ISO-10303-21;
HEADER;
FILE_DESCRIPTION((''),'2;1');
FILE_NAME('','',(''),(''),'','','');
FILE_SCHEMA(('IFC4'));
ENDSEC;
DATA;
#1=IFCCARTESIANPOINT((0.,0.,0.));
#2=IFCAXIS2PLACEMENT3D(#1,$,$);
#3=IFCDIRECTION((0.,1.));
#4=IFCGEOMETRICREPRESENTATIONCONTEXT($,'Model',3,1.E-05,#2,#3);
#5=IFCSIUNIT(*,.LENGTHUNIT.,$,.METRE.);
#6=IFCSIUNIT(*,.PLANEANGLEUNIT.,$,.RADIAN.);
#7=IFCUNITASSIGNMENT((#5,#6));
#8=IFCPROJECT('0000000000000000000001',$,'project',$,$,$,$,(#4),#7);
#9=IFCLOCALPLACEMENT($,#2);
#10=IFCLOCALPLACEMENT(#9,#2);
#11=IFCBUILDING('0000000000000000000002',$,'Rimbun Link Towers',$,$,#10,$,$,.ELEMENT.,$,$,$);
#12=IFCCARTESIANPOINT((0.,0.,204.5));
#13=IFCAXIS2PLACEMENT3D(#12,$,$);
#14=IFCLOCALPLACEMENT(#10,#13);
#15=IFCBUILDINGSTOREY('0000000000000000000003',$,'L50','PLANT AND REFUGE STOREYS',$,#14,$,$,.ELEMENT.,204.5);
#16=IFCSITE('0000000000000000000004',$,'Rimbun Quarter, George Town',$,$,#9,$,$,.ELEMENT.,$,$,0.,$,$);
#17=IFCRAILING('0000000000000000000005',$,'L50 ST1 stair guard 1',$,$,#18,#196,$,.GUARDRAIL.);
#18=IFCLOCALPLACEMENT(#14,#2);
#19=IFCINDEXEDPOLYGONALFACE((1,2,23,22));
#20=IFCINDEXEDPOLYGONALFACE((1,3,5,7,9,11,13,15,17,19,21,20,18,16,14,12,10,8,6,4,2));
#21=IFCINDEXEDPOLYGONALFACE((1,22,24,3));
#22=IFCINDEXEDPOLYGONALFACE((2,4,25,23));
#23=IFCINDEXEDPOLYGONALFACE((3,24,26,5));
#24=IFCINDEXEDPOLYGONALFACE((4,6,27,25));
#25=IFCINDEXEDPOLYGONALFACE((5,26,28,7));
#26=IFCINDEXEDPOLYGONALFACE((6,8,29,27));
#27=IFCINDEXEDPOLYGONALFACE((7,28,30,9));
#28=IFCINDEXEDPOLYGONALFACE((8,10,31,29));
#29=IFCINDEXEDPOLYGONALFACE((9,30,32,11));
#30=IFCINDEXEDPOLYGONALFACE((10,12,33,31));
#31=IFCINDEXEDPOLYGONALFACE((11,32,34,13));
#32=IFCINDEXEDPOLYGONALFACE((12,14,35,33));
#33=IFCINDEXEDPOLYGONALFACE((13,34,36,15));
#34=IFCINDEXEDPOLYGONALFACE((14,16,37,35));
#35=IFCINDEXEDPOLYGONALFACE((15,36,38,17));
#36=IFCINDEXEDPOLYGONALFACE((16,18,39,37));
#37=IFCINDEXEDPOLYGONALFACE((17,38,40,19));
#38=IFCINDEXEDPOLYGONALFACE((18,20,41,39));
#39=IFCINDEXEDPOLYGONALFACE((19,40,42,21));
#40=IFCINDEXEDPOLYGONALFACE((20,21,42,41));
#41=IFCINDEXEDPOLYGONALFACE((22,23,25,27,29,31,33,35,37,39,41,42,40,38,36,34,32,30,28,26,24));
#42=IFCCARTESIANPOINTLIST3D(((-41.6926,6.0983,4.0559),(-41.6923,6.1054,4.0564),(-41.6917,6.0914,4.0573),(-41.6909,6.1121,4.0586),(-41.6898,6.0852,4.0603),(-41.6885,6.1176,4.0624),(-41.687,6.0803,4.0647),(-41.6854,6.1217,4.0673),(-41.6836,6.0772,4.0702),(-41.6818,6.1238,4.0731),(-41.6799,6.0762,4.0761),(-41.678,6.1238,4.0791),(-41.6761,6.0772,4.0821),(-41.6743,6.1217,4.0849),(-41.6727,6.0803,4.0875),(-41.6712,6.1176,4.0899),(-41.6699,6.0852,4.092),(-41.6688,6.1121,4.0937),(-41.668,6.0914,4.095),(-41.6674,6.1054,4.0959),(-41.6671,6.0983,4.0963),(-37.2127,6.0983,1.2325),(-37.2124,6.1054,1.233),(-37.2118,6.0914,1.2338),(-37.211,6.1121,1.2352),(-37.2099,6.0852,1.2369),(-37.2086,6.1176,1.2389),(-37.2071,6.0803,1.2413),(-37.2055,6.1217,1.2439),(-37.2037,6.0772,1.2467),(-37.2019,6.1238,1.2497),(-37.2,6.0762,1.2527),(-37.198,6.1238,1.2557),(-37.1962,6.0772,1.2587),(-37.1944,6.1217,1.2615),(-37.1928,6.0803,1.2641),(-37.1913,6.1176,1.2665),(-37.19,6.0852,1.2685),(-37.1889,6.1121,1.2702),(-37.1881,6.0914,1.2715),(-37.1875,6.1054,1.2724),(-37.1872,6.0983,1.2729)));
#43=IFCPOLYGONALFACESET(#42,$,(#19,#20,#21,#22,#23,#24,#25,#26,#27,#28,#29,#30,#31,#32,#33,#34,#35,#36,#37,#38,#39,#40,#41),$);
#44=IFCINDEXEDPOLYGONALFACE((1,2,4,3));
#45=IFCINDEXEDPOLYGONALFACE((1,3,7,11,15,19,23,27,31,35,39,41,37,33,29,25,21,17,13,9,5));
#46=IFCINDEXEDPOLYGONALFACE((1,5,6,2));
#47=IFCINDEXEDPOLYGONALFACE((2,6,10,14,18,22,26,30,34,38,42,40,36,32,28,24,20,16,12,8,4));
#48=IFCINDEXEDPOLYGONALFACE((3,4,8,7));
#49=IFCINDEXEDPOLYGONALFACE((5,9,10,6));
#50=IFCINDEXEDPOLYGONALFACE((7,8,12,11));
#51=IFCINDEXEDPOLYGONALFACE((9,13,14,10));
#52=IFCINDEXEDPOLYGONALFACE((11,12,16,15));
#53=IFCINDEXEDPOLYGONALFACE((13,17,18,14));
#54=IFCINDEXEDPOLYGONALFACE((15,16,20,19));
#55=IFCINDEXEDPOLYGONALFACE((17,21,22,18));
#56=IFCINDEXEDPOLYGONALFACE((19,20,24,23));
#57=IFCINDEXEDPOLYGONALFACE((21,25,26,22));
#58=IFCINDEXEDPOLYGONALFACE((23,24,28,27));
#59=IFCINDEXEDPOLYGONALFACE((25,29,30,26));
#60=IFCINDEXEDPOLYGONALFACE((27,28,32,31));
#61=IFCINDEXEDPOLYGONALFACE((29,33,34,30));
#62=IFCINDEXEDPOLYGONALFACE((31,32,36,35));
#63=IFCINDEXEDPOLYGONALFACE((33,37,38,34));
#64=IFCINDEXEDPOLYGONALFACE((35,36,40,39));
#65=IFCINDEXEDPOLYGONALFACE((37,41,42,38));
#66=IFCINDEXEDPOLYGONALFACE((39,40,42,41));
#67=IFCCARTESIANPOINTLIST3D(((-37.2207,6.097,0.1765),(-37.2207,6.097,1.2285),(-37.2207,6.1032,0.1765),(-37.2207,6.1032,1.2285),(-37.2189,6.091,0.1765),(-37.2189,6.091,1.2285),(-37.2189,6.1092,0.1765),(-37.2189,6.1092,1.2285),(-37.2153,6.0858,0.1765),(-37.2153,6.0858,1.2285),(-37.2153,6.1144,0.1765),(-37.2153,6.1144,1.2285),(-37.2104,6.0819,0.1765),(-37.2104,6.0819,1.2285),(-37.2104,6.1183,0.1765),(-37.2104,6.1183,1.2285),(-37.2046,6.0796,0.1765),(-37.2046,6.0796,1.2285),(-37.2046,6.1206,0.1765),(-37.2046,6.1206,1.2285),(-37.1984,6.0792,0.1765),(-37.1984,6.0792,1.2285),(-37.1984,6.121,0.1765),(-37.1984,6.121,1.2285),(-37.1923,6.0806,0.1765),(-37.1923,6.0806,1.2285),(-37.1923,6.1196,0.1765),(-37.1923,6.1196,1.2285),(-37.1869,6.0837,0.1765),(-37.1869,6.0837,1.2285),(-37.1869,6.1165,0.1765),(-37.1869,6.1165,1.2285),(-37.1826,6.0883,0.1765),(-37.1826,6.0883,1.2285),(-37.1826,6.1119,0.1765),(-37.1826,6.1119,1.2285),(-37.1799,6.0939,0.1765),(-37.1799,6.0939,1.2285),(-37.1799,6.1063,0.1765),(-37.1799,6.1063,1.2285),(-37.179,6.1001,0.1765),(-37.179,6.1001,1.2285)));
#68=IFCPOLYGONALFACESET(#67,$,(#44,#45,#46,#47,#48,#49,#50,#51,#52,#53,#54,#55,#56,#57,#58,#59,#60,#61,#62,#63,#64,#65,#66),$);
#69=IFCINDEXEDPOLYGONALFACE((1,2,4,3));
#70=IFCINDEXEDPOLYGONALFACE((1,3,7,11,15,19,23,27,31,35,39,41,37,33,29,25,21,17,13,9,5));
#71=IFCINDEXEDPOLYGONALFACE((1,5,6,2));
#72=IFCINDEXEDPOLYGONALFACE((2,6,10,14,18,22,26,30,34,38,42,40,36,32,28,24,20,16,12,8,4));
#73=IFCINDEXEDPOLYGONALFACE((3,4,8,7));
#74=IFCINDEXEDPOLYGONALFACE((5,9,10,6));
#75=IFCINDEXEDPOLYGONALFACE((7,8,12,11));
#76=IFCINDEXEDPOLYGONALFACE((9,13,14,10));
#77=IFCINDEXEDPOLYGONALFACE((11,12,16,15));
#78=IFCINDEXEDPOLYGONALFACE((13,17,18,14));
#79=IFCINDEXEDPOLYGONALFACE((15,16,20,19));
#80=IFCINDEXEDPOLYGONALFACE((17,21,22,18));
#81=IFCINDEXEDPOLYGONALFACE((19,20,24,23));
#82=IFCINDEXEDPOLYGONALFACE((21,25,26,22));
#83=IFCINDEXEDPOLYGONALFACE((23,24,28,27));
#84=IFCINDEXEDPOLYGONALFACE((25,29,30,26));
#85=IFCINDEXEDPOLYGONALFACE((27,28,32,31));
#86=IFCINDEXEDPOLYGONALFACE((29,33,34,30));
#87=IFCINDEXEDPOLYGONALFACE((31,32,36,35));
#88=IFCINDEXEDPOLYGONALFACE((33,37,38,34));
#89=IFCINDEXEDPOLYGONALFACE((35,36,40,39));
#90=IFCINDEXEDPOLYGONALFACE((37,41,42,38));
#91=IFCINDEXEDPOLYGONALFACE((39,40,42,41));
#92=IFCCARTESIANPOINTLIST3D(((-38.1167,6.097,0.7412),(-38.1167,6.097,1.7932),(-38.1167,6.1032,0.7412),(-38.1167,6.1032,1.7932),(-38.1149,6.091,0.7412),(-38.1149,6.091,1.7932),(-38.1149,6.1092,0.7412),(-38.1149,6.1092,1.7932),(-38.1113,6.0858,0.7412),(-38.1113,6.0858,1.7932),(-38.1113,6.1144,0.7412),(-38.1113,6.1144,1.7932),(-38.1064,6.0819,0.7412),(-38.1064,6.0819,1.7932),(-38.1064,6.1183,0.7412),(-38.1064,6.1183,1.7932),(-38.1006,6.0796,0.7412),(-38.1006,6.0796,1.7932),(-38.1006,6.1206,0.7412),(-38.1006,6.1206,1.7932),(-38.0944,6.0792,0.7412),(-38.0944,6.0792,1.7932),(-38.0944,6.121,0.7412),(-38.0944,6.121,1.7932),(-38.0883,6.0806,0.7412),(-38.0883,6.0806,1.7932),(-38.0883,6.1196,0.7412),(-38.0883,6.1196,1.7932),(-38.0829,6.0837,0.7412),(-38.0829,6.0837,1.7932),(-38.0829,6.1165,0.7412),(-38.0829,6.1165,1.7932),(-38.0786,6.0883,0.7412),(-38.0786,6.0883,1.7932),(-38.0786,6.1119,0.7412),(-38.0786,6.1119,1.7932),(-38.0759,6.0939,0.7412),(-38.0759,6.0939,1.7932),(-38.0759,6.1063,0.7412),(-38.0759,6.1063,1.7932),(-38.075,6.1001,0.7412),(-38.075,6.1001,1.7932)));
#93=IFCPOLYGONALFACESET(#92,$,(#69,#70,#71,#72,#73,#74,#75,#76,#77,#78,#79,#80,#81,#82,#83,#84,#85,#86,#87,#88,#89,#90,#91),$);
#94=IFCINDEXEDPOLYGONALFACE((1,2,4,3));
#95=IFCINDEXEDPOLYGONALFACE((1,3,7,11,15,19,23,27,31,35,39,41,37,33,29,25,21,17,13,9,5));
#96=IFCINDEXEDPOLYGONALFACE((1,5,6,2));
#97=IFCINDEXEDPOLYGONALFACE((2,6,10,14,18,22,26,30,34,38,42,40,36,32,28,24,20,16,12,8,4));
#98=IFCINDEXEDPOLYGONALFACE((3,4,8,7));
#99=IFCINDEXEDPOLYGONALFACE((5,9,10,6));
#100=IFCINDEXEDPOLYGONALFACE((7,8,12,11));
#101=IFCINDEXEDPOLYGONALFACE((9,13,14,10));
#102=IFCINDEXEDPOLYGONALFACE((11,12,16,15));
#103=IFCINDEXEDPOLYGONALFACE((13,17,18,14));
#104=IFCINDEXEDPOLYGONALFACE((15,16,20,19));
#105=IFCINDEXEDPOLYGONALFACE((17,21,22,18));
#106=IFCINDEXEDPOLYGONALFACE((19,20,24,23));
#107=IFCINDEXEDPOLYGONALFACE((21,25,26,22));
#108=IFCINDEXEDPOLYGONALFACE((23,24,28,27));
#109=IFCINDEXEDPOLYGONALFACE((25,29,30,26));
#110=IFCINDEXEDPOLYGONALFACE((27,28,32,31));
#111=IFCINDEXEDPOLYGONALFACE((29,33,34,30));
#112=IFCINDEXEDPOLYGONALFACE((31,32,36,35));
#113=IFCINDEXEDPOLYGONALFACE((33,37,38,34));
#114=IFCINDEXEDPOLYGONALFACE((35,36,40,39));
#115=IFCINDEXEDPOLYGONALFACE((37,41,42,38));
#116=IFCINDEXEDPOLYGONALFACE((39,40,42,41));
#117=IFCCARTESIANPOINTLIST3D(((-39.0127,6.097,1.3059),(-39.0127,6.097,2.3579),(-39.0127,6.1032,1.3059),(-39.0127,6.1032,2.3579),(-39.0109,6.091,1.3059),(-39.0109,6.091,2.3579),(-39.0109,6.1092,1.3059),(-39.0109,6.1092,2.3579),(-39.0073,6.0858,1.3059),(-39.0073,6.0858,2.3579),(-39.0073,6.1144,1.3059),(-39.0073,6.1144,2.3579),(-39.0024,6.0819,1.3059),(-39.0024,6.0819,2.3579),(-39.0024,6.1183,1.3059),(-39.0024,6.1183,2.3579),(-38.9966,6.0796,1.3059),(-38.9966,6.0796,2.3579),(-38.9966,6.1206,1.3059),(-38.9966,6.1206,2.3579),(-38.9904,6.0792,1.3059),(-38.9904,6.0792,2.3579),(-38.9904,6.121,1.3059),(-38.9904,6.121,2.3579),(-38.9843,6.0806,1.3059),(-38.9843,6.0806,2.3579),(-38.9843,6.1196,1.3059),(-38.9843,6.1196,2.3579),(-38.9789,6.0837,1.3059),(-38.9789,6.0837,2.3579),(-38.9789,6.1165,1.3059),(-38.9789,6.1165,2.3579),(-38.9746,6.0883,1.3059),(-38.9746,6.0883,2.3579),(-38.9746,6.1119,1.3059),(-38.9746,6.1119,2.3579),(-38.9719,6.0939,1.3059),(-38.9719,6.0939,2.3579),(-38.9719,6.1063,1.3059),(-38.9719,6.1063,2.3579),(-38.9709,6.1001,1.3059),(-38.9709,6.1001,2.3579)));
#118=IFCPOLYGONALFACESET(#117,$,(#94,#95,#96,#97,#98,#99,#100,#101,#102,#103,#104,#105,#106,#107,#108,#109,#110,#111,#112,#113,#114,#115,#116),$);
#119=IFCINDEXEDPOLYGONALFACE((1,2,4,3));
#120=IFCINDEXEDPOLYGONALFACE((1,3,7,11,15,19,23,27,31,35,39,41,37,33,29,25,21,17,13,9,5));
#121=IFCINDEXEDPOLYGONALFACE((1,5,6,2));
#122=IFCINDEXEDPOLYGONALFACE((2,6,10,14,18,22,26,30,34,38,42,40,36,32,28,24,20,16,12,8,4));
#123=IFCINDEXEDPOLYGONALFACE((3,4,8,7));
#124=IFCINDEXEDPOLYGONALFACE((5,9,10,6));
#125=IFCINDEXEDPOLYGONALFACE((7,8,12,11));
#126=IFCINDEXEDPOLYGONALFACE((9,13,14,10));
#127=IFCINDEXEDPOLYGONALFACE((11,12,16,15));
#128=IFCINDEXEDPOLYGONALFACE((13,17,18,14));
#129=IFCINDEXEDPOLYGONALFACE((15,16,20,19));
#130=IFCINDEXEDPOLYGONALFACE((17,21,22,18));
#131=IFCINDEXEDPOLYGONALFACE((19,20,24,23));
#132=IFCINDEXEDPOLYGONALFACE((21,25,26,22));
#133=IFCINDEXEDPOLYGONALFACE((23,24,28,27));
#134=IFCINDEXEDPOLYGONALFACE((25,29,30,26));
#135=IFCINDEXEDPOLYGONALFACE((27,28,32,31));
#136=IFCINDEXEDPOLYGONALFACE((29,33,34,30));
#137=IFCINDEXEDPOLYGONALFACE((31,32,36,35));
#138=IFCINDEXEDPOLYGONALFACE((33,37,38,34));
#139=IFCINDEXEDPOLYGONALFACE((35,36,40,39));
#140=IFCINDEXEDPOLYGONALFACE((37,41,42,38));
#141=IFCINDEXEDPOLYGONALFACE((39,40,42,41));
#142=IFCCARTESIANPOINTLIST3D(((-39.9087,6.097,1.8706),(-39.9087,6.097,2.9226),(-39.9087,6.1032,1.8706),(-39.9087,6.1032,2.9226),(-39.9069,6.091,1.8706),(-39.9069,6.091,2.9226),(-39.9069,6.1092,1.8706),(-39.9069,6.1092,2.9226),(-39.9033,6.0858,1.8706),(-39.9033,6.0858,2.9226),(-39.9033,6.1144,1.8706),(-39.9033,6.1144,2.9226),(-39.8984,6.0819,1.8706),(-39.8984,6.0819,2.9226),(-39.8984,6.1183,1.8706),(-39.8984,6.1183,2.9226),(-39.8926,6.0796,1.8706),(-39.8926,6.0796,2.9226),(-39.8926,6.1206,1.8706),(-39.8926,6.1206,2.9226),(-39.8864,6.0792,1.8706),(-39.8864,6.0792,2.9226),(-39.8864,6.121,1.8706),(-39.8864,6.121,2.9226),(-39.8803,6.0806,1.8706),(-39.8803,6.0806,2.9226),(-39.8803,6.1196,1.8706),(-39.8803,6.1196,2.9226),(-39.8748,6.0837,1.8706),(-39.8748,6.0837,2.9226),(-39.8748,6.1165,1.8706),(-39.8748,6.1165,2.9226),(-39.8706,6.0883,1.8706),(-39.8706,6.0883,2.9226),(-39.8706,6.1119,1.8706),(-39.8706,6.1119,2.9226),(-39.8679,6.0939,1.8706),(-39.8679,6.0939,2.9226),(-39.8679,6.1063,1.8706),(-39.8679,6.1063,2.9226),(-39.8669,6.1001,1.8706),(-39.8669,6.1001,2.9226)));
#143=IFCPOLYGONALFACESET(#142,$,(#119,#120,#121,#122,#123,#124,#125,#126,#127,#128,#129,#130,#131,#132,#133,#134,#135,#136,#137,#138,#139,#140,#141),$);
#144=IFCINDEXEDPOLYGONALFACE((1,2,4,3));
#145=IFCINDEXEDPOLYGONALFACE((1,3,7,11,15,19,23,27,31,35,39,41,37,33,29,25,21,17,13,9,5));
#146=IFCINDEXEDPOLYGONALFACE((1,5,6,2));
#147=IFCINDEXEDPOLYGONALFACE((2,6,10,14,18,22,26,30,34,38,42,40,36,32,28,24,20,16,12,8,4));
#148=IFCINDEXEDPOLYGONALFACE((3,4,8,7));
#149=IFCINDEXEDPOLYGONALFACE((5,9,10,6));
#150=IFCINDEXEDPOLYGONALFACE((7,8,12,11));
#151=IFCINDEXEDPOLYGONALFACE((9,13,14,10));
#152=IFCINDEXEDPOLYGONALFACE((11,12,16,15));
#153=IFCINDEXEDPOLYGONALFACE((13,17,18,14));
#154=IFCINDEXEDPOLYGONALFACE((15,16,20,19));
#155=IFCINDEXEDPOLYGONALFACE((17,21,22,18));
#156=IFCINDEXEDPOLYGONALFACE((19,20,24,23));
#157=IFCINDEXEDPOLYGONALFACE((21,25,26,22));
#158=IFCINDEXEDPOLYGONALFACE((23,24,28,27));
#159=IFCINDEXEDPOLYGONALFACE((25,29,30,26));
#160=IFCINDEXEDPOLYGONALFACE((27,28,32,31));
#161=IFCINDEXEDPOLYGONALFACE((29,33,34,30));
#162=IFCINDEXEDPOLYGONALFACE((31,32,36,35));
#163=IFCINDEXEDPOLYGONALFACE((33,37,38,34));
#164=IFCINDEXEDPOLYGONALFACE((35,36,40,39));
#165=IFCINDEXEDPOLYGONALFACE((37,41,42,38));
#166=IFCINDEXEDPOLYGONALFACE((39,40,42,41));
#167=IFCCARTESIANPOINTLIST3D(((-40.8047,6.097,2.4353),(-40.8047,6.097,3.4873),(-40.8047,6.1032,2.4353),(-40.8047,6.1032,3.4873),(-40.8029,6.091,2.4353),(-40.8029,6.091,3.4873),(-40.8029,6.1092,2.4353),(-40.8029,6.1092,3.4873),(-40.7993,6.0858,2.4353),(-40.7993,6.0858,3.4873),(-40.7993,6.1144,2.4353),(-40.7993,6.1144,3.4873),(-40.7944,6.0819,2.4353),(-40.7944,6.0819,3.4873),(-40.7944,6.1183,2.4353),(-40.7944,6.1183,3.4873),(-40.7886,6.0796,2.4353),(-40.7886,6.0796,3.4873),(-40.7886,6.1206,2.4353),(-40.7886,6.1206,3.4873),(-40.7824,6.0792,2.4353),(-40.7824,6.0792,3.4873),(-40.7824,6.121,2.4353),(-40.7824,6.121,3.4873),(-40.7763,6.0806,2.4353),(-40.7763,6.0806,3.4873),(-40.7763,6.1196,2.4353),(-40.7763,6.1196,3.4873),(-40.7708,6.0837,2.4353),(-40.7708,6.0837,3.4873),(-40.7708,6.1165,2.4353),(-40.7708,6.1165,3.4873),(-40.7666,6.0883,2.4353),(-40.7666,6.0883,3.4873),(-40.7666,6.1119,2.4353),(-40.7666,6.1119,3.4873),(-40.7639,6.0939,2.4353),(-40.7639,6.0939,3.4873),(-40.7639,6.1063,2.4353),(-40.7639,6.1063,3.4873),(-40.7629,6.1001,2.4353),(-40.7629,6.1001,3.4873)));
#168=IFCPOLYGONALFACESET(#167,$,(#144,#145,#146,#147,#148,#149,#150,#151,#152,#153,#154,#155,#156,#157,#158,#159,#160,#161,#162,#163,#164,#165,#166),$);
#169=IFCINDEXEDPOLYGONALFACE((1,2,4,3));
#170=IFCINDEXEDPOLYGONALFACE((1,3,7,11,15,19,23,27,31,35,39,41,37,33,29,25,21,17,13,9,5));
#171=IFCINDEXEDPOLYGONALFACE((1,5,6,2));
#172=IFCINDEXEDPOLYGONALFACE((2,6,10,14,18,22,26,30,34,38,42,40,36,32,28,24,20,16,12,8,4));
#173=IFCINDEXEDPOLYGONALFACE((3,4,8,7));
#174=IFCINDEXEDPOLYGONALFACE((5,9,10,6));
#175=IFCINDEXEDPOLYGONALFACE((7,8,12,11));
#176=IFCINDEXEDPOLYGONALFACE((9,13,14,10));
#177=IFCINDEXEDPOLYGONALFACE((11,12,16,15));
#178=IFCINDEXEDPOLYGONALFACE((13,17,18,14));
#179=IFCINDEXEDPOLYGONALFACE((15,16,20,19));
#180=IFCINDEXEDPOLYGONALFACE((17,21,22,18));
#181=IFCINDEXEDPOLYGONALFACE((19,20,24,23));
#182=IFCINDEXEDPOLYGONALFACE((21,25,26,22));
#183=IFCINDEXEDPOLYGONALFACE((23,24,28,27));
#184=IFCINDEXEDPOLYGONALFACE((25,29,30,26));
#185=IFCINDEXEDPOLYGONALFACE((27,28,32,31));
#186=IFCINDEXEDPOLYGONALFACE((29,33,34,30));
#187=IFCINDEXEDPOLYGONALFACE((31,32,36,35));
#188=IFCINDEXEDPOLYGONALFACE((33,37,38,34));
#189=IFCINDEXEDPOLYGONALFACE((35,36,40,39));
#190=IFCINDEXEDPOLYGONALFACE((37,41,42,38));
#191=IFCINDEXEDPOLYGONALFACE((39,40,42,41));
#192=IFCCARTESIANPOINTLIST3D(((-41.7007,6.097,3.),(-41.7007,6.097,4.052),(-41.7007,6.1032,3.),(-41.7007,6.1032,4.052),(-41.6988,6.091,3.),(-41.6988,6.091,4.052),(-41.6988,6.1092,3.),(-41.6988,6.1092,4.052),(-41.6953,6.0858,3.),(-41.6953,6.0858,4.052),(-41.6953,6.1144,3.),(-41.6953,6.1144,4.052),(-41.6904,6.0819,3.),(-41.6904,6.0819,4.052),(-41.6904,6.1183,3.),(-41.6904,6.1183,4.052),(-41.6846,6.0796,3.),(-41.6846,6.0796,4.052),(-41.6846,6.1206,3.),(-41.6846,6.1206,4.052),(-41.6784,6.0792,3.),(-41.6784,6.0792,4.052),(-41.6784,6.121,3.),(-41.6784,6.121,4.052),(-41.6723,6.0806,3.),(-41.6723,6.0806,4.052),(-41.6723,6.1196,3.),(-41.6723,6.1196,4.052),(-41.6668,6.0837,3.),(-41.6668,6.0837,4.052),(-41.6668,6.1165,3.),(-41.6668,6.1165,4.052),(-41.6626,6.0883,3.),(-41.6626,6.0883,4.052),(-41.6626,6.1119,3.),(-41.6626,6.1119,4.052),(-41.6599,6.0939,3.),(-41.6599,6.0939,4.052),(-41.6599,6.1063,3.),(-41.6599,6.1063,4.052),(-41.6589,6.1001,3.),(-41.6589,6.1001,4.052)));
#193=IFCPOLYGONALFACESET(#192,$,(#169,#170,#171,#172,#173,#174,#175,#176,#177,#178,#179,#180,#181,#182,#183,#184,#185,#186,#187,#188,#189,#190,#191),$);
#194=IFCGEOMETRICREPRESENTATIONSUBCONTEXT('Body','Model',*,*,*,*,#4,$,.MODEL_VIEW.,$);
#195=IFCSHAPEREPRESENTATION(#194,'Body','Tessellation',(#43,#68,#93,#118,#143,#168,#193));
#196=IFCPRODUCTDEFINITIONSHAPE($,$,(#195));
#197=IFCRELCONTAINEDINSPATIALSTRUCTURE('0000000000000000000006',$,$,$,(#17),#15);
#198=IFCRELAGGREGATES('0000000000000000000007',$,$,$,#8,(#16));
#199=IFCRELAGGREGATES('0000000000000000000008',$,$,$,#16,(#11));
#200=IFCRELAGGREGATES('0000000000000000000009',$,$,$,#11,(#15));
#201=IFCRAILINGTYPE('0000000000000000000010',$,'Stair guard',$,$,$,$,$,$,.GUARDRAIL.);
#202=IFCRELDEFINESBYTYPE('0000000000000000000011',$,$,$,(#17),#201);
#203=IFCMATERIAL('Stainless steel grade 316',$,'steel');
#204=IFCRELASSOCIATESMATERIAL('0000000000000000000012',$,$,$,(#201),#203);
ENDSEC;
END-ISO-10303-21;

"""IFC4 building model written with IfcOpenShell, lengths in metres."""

from ifc_helpers import new_model, si_unit, direction, frame, origin, origin_2d, place, context, subcontext, project, spatial, circle, extrude, material, type_object, element, save


model = new_model("IFC4")

# Units and contexts
model_context = context("Model", 3, precision=1e-05, world=origin(), true_north=direction((0.0, 1.0)))
body_context = subcontext(model_context, "Body", "Model", "MODEL_VIEW")
ifc_project = project(units=[si_unit("LENGTHUNIT", "METRE"), si_unit("PLANEANGLEUNIT", "RADIAN")], contexts=[model_context])

# Site, building, storey
site_placement = place(None, origin())
site = spatial("IfcSite", under=ifc_project, at=site_placement, Name="Rimbun Quarter, George Town", CompositionType="ELEMENT", RefElevation=0.0)
building_placement = place(site_placement, origin())
building = spatial("IfcBuilding", under=site, at=building_placement, Name="Rimbun Link Towers", CompositionType="ELEMENT")
storey_placement = place(building_placement, frame((0.0, 0.0, 204.5)))
storey = spatial("IfcBuildingStorey", under=building, at=storey_placement, Name="L50", Description="PLANT AND REFUGE STOREYS", CompositionType="ELEMENT", Elevation=204.5)

# Railing
ifc_material_1 = material(Name="Stainless steel grade 316", Category="steel")
railing_type_1 = type_object("IfcRailingType", Name="Stair guard", PredefinedType="GUARDRAIL", material=ifc_material_1)
railing_1_placement = place(storey_placement, frame((-37.2, 6.1001, 0.1765)))
element("IfcRailing", 1, at=railing_1_placement, inside=storey, type_object=railing_type_1, Name="L50 ST1 stair guard 1", PredefinedType="GUARDRAIL", context=body_context, shape_type="SweptSolid", body=[
    extrude(circle(Radius=0.0239, at=origin_2d()), frame((0.0, 0.0, 1.0762), z_axis=(-0.845998, 0.0, 0.533186), x_axis=(0.0, -1.0, 0.0)), (0.0, 0.0, 1.0), 5.2954),
    extrude(circle(Radius=0.021, at=origin_2d()), origin(), (0.0, 0.0, 1.0), 1.052),
    extrude(circle(Radius=0.021, at=origin_2d()), frame((-0.896, 0.0, 0.5647)), (0.0, 0.0, 1.0), 1.052),
    extrude(circle(Radius=0.021, at=origin_2d()), frame((-1.792, 0.0, 1.1294)), (0.0, 0.0, 1.0), 1.052),
    extrude(circle(Radius=0.021, at=origin_2d()), frame((-2.688, 0.0, 1.6941)), (0.0, 0.0, 1.0), 1.052),
    extrude(circle(Radius=0.021, at=origin_2d()), frame((-3.584, 0.0, 2.2588)), (0.0, 0.0, 1.0), 1.052),
    extrude(circle(Radius=0.021, at=origin_2d()), frame((-4.48, 0.0, 2.8235)), (0.0, 0.0, 1.0), 1.052),
])

save(model, "model.ifc")
